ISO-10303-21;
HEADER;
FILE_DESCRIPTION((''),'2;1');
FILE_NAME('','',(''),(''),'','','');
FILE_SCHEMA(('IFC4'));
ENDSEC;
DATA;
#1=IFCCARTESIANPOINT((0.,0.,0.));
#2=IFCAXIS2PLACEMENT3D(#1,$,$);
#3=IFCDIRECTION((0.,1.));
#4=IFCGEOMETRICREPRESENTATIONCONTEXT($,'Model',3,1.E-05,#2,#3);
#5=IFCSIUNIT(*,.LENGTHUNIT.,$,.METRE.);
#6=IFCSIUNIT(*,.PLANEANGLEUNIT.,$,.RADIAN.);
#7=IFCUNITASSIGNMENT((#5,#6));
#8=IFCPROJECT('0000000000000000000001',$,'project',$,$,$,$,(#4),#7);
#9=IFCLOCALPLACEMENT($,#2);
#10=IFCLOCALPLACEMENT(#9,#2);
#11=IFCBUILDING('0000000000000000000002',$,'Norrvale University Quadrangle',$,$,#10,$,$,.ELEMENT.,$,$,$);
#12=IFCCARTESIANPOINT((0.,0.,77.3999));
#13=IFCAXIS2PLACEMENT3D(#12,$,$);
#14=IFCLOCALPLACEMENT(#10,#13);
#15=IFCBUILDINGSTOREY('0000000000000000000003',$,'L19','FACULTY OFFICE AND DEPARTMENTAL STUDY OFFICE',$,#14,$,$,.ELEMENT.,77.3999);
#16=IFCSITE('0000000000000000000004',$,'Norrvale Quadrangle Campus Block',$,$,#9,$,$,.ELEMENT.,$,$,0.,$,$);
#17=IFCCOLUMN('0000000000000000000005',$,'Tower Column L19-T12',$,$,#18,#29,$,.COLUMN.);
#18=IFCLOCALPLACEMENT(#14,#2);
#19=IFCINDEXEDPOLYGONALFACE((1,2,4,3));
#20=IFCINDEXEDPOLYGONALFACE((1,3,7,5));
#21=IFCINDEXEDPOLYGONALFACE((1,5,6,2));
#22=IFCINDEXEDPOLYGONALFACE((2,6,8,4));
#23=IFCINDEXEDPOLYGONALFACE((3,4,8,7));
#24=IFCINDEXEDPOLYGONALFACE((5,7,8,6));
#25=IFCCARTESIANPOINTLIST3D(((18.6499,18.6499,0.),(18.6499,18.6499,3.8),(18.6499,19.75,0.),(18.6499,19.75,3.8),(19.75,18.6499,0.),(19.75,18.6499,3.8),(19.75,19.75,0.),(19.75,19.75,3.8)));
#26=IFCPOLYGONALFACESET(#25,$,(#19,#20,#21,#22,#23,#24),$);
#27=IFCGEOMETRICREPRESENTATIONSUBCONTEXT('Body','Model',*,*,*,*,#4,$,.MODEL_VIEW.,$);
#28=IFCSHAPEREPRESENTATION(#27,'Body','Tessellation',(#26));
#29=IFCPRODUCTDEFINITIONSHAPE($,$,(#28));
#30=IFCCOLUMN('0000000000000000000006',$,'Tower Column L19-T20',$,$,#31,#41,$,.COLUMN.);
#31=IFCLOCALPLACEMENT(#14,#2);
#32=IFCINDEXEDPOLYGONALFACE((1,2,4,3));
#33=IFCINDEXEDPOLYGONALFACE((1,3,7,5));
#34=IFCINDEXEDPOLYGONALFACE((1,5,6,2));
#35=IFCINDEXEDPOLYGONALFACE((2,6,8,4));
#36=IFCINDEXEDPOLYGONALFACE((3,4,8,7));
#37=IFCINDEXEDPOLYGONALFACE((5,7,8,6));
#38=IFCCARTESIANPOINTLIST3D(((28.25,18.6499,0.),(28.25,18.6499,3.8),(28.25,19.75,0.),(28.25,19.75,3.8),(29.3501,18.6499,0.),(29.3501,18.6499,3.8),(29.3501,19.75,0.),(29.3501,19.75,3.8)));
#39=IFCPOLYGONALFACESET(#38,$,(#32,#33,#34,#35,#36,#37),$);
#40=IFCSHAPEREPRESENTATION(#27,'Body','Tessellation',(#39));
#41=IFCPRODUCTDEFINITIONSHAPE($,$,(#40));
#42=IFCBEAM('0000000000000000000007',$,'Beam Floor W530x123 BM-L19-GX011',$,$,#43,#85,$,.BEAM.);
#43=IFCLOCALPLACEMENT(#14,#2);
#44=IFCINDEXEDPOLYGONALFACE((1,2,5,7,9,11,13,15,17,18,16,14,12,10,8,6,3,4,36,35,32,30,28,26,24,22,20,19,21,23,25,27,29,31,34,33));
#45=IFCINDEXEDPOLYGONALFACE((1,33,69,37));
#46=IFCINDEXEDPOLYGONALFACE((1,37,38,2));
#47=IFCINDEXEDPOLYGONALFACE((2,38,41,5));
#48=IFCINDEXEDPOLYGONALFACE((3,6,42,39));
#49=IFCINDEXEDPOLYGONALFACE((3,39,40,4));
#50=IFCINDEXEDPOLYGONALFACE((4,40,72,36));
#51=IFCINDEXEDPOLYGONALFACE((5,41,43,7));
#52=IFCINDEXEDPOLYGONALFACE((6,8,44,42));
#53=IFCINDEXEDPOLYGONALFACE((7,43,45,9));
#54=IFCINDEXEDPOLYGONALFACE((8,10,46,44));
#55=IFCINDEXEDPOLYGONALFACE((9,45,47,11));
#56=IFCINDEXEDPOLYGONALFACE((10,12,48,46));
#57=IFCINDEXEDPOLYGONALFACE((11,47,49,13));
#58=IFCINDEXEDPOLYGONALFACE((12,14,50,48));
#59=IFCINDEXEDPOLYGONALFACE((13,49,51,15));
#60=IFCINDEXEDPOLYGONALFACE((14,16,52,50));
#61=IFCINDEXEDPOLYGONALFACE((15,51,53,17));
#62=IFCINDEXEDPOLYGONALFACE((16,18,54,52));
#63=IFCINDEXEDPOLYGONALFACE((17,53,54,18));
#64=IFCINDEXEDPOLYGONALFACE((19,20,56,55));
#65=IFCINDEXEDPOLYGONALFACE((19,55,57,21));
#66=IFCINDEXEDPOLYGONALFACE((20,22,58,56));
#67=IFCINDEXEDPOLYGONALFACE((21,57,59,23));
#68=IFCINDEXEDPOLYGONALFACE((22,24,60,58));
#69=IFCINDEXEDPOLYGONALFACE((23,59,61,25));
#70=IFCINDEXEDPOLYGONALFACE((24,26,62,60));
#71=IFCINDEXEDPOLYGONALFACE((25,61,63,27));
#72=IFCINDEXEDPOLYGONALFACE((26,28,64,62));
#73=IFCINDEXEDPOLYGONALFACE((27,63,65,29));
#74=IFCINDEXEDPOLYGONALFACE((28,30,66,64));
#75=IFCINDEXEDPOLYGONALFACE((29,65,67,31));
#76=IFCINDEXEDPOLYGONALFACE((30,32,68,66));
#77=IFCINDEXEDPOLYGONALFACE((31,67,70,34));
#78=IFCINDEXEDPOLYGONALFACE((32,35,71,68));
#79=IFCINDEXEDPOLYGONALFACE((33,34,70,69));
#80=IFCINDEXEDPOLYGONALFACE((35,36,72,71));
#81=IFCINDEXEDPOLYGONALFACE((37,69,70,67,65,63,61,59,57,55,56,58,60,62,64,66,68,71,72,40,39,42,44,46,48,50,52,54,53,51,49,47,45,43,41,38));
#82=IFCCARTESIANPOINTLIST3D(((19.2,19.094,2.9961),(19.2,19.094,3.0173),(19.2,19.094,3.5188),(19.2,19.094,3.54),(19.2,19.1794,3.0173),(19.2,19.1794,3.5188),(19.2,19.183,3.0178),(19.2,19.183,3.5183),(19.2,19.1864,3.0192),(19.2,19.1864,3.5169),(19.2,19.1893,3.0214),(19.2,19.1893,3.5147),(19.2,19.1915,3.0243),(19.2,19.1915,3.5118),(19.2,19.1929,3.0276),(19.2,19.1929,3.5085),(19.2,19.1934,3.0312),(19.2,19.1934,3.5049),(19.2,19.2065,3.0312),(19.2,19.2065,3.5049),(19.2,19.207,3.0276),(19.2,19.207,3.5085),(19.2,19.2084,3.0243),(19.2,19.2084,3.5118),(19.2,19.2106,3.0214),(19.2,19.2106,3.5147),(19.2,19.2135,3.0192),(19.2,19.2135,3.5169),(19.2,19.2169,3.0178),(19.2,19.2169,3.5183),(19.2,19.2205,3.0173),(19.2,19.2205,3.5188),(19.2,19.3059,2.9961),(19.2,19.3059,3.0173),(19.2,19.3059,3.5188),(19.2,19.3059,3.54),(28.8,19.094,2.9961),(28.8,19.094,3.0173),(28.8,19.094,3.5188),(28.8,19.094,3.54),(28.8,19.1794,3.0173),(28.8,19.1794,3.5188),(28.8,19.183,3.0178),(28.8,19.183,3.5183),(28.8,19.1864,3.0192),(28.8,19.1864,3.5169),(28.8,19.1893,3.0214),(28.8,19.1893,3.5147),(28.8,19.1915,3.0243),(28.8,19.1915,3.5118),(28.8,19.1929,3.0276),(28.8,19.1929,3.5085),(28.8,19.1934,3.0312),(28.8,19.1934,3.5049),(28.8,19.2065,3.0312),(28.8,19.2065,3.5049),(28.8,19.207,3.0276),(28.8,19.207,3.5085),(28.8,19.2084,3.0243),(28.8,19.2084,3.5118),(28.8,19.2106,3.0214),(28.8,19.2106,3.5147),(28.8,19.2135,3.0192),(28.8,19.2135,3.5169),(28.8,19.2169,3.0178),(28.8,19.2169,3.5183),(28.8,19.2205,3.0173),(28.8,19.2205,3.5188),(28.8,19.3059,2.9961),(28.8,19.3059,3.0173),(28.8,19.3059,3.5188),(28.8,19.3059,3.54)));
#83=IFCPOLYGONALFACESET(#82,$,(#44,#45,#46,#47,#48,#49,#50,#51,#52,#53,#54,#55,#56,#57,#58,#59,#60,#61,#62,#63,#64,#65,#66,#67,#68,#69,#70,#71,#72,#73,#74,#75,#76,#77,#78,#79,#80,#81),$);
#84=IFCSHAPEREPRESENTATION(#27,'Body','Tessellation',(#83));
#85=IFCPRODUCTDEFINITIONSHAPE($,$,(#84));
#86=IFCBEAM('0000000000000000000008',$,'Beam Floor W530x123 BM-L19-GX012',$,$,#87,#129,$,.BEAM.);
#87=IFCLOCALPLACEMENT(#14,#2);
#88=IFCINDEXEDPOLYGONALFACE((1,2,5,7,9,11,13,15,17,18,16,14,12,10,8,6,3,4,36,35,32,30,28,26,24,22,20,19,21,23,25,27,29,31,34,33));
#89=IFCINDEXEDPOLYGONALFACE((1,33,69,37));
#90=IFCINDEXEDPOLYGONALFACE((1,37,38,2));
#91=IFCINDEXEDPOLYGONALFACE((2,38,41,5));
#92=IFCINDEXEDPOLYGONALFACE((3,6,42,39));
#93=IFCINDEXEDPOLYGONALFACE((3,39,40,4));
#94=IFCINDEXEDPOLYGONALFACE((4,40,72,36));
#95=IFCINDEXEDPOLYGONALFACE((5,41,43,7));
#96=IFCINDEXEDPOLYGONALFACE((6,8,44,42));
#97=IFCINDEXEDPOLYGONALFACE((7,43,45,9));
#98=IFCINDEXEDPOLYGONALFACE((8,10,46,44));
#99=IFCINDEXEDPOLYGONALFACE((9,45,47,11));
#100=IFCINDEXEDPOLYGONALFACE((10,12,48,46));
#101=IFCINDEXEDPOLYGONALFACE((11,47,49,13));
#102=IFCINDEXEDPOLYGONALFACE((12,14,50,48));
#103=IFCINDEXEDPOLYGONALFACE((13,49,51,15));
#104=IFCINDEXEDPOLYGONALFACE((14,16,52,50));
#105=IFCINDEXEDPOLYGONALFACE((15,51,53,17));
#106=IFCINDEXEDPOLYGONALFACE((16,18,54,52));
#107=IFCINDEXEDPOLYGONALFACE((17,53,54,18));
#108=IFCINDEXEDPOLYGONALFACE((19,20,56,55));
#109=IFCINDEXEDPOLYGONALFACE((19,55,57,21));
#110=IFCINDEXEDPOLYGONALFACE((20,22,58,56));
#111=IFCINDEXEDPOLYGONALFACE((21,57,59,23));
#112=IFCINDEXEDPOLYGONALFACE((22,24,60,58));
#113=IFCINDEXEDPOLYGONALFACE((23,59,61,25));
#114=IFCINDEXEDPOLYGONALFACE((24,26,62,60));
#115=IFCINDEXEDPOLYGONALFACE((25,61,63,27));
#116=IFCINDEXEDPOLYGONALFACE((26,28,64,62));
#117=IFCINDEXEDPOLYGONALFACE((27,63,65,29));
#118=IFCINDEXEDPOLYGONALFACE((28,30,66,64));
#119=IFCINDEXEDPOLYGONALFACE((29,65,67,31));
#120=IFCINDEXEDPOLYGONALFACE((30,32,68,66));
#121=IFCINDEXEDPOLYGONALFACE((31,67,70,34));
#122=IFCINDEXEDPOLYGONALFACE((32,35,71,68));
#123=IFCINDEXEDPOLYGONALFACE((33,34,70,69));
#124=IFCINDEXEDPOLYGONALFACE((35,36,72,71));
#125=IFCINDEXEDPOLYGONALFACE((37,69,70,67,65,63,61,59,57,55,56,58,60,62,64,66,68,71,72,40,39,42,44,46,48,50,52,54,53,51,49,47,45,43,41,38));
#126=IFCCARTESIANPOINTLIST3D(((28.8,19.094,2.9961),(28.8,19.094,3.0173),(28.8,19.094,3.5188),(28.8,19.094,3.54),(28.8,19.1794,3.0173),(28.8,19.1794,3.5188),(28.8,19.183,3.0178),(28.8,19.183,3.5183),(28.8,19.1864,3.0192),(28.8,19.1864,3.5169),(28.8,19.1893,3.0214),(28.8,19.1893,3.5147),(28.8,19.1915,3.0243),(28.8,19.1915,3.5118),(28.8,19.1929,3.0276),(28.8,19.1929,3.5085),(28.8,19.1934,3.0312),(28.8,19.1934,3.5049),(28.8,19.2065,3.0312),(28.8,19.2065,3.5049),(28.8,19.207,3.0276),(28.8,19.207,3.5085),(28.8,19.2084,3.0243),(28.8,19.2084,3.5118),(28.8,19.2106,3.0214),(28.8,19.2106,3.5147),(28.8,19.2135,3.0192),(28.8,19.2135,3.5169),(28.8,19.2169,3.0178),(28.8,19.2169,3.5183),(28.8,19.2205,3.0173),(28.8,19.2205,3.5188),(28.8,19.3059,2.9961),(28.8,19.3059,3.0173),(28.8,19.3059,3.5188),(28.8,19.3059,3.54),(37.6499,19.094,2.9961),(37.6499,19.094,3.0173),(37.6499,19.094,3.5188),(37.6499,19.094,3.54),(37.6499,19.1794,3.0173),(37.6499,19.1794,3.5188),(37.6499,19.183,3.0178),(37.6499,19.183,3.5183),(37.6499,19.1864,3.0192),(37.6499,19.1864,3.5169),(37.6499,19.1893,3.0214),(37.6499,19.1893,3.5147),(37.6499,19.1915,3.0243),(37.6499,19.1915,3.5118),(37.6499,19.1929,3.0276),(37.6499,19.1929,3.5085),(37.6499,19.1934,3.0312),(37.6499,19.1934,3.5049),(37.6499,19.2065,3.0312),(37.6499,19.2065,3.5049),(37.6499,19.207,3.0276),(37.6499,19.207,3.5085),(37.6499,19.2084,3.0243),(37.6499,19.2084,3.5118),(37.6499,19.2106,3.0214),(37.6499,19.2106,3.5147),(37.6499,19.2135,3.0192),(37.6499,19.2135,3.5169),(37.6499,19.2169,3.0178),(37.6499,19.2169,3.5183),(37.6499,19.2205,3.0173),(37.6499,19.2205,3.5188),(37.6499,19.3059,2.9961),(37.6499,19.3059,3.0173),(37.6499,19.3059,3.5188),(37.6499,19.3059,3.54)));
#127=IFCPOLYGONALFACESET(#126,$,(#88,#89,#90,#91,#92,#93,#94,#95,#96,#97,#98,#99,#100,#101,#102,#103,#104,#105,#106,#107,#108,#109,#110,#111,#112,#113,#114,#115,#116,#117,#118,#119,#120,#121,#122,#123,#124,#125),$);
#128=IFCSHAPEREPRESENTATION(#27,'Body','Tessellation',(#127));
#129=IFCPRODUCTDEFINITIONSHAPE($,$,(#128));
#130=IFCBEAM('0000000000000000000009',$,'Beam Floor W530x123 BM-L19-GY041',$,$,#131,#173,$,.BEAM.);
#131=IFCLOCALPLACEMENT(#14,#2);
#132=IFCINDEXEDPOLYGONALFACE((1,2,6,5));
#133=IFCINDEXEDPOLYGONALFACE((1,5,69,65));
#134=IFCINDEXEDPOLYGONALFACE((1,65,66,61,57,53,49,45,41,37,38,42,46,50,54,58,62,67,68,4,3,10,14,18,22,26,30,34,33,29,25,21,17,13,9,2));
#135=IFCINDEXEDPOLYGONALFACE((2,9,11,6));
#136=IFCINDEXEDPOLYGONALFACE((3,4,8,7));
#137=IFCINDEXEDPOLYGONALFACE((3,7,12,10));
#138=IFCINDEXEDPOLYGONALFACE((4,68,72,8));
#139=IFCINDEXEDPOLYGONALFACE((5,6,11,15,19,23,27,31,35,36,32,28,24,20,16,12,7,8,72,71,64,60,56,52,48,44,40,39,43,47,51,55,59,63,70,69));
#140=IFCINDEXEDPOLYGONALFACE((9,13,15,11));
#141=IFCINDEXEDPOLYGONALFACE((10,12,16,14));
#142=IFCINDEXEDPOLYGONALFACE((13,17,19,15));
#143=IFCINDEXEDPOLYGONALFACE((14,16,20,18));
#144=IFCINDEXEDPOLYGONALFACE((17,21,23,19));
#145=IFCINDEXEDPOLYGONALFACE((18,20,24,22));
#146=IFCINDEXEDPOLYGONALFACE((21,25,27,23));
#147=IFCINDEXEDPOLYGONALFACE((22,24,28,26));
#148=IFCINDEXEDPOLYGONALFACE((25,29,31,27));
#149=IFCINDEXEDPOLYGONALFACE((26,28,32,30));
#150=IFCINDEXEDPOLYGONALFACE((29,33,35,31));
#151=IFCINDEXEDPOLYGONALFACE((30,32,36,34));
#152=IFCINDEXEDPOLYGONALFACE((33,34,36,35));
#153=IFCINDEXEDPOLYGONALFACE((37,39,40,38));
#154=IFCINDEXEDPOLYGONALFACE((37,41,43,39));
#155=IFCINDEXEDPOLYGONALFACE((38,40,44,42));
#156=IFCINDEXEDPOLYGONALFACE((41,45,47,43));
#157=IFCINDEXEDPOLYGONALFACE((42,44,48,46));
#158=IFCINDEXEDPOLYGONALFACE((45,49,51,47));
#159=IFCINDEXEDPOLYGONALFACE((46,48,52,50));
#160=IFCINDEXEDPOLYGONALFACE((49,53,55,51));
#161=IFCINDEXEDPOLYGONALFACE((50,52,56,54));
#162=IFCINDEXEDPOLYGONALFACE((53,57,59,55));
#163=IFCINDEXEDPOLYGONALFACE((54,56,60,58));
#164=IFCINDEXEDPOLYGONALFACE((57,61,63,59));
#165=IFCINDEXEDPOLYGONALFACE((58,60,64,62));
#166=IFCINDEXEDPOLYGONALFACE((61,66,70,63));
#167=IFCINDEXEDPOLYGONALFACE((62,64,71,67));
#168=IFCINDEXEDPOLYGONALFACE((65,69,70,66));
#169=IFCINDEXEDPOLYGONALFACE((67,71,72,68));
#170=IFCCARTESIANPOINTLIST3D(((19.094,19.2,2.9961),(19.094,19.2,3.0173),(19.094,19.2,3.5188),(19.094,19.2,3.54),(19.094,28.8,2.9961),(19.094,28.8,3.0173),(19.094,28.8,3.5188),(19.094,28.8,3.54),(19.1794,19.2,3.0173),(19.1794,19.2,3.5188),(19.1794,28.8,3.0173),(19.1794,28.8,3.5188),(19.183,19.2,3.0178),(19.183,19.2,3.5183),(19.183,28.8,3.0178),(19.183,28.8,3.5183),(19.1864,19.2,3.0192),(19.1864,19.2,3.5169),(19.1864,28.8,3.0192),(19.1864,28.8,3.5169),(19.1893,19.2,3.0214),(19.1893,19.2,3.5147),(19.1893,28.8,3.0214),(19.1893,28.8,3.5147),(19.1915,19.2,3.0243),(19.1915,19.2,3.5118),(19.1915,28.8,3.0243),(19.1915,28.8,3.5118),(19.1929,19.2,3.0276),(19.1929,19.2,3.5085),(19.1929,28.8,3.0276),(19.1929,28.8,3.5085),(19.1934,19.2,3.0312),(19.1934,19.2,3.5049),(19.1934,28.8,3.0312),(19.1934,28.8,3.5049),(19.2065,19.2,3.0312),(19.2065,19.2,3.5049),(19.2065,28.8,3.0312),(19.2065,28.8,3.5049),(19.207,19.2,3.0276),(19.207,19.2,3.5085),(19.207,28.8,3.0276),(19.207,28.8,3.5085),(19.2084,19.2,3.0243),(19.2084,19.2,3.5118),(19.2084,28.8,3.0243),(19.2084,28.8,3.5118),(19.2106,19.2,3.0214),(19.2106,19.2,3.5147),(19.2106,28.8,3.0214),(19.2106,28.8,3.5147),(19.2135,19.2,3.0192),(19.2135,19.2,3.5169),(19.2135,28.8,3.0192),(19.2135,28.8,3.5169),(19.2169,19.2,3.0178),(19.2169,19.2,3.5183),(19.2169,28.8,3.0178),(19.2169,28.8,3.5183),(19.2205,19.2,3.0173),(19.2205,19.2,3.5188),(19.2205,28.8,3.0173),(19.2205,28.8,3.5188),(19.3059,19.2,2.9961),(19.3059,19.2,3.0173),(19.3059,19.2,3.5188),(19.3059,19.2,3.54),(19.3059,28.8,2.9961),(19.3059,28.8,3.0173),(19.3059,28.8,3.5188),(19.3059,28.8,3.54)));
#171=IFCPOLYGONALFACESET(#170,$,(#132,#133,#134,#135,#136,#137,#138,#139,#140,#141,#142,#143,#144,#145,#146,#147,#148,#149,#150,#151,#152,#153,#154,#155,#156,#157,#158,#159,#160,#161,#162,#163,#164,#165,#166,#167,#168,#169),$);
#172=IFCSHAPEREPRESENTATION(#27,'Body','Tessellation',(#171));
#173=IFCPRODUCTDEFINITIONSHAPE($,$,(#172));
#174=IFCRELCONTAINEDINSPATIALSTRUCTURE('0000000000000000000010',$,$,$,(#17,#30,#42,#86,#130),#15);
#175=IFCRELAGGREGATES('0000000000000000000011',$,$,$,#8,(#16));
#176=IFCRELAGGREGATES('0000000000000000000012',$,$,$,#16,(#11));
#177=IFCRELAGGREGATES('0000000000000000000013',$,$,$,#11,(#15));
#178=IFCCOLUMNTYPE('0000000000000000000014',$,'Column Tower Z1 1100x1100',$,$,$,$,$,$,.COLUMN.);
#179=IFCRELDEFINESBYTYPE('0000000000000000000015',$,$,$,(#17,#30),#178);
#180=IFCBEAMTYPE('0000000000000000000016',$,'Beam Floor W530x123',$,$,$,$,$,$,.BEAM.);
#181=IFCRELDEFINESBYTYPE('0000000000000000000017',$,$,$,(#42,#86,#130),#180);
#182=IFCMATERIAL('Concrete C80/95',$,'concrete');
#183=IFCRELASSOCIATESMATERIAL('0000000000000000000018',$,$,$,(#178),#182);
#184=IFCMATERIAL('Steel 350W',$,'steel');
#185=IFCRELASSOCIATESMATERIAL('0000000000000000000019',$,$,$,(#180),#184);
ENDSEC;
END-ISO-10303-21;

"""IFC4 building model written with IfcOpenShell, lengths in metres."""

from ifc_helpers import new_model, si_unit, direction, frame, origin, origin_2d, place, context, subcontext, project, spatial, rectangle, i_section, extrude, material, material_profile, profile_set, type_object, element, save


model = new_model("IFC4")

# Units and contexts
model_context = context("Model", 3, precision=1e-05, world=origin(), true_north=direction((0.0, 1.0)))
body_context = subcontext(model_context, "Body", "Model", "MODEL_VIEW")
ifc_project = project(units=[si_unit("LENGTHUNIT", "METRE"), si_unit("PLANEANGLEUNIT", "RADIAN")], contexts=[model_context])

# Site, building, storey
site_placement = place(None, origin())
site = spatial("IfcSite", under=ifc_project, at=site_placement, Name="Norrvale Quadrangle Campus Block", CompositionType="ELEMENT", RefElevation=0.0)
building_placement = place(site_placement, origin())
building = spatial("IfcBuilding", under=site, at=building_placement, Name="Norrvale University Quadrangle", CompositionType="ELEMENT")
storey_placement = place(building_placement, frame((0.0, 0.0, 77.3999)))
storey = spatial("IfcBuildingStorey", under=building, at=storey_placement, Name="L19", Description="FACULTY OFFICE AND DEPARTMENTAL STUDY OFFICE", CompositionType="ELEMENT", Elevation=77.3999)

# Columns
ifc_material_1 = material(Name="Concrete C80/95", Category="concrete")
ifc_material_profile_1 = material_profile(ifc_material_1, rectangle(XDim=1.1001, YDim=1.1001, at=origin_2d()), Name="Concrete C80/95")
ifc_profile_set_1 = profile_set([ifc_material_profile_1], Name="Concrete C80/95")
column_type = type_object("IfcColumnType", Name="Column Tower Z1 1100x1100", PredefinedType="COLUMN", material=ifc_profile_set_1)
for number, where, z_axis, x_axis, name in (
    (1, (19.2, 19.2, 0.0), (0.0, 0.0, 1.0), (1.0, 0.0, 0.0), "Tower Column L19-T12"),
    (2, (28.8, 19.2, 0.0), (0.0, 0.0, 1.0), (1.0, 0.0, 0.0), "Tower Column L19-T20"),
):
    element("IfcColumn", number, at=place(storey_placement, frame(where, z_axis=z_axis, x_axis=x_axis)), inside=storey, type_object=column_type, Name=name, PredefinedType="COLUMN", context=body_context, shape_type="SweptSolid", body=[
        extrude(rectangle(XDim=1.1001, YDim=1.1001, at=origin_2d()), origin(), (0.0, 0.0, 1.0), 3.8),
    ])

# Beams
ifc_material_2 = material(Name="Steel 350W", Category="steel")
ifc_material_profile_2 = material_profile(ifc_material_2, i_section(OverallWidth=0.2119, OverallDepth=0.5439, WebThickness=0.0132, FlangeThickness=0.0212, FilletRadius=0.0139, at=origin_2d()), Name="Steel 350W")
ifc_profile_set_2 = profile_set([ifc_material_profile_2], Name="Steel 350W")
beam_type_1 = type_object("IfcBeamType", Name="Beam Floor W530x123", PredefinedType="BEAM", material=ifc_profile_set_2)
beam_1_placement = place(storey_placement, frame((19.2, 19.2, 3.2681), z_axis=(1.0, 0.0, 0.0), x_axis=(0.0, 1.0, 0.0)))
element("IfcBeam", 3, at=beam_1_placement, inside=storey, type_object=beam_type_1, Name="Beam Floor W530x123 BM-L19-GX011", PredefinedType="BEAM", context=body_context, shape_type="SweptSolid", body=[
    extrude(i_section(OverallWidth=0.2119, OverallDepth=0.5439, WebThickness=0.0132, FlangeThickness=0.0212, FilletRadius=0.0139, at=origin_2d()), origin(), (0.0, 0.0, 1.0), 9.6001),
])
beam_2_placement = place(storey_placement, frame((28.8, 19.2, 3.2681), z_axis=(1.0, 0.0, 0.0), x_axis=(0.0, 1.0, 0.0)))
element("IfcBeam", 4, at=beam_2_placement, inside=storey, type_object=beam_type_1, Name="Beam Floor W530x123 BM-L19-GX012", PredefinedType="BEAM", context=body_context, shape_type="SweptSolid", body=[
    extrude(i_section(OverallWidth=0.2119, OverallDepth=0.5439, WebThickness=0.0132, FlangeThickness=0.0212, FilletRadius=0.0139, at=origin_2d()), origin(), (0.0, 0.0, 1.0), 8.8499),
])
for number, where, z_axis, x_axis, name in (
    (5, (19.2, 19.2, 3.2681), (0.0, 1.0, 0.0), (-1.0, 0.0, 0.0), "Beam Floor W530x123 BM-L19-GY041"),
):
    element("IfcBeam", number, at=place(storey_placement, frame(where, z_axis=z_axis, x_axis=x_axis)), inside=storey, type_object=beam_type_1, Name=name, PredefinedType="BEAM", context=body_context, shape_type="SweptSolid", body=[
        extrude(i_section(OverallWidth=0.2119, OverallDepth=0.5439, WebThickness=0.0132, FlangeThickness=0.0212, FilletRadius=0.0139, at=origin_2d()), origin(), (0.0, 0.0, 1.0), 9.6001),
    ])

save(model, "model.ifc")
